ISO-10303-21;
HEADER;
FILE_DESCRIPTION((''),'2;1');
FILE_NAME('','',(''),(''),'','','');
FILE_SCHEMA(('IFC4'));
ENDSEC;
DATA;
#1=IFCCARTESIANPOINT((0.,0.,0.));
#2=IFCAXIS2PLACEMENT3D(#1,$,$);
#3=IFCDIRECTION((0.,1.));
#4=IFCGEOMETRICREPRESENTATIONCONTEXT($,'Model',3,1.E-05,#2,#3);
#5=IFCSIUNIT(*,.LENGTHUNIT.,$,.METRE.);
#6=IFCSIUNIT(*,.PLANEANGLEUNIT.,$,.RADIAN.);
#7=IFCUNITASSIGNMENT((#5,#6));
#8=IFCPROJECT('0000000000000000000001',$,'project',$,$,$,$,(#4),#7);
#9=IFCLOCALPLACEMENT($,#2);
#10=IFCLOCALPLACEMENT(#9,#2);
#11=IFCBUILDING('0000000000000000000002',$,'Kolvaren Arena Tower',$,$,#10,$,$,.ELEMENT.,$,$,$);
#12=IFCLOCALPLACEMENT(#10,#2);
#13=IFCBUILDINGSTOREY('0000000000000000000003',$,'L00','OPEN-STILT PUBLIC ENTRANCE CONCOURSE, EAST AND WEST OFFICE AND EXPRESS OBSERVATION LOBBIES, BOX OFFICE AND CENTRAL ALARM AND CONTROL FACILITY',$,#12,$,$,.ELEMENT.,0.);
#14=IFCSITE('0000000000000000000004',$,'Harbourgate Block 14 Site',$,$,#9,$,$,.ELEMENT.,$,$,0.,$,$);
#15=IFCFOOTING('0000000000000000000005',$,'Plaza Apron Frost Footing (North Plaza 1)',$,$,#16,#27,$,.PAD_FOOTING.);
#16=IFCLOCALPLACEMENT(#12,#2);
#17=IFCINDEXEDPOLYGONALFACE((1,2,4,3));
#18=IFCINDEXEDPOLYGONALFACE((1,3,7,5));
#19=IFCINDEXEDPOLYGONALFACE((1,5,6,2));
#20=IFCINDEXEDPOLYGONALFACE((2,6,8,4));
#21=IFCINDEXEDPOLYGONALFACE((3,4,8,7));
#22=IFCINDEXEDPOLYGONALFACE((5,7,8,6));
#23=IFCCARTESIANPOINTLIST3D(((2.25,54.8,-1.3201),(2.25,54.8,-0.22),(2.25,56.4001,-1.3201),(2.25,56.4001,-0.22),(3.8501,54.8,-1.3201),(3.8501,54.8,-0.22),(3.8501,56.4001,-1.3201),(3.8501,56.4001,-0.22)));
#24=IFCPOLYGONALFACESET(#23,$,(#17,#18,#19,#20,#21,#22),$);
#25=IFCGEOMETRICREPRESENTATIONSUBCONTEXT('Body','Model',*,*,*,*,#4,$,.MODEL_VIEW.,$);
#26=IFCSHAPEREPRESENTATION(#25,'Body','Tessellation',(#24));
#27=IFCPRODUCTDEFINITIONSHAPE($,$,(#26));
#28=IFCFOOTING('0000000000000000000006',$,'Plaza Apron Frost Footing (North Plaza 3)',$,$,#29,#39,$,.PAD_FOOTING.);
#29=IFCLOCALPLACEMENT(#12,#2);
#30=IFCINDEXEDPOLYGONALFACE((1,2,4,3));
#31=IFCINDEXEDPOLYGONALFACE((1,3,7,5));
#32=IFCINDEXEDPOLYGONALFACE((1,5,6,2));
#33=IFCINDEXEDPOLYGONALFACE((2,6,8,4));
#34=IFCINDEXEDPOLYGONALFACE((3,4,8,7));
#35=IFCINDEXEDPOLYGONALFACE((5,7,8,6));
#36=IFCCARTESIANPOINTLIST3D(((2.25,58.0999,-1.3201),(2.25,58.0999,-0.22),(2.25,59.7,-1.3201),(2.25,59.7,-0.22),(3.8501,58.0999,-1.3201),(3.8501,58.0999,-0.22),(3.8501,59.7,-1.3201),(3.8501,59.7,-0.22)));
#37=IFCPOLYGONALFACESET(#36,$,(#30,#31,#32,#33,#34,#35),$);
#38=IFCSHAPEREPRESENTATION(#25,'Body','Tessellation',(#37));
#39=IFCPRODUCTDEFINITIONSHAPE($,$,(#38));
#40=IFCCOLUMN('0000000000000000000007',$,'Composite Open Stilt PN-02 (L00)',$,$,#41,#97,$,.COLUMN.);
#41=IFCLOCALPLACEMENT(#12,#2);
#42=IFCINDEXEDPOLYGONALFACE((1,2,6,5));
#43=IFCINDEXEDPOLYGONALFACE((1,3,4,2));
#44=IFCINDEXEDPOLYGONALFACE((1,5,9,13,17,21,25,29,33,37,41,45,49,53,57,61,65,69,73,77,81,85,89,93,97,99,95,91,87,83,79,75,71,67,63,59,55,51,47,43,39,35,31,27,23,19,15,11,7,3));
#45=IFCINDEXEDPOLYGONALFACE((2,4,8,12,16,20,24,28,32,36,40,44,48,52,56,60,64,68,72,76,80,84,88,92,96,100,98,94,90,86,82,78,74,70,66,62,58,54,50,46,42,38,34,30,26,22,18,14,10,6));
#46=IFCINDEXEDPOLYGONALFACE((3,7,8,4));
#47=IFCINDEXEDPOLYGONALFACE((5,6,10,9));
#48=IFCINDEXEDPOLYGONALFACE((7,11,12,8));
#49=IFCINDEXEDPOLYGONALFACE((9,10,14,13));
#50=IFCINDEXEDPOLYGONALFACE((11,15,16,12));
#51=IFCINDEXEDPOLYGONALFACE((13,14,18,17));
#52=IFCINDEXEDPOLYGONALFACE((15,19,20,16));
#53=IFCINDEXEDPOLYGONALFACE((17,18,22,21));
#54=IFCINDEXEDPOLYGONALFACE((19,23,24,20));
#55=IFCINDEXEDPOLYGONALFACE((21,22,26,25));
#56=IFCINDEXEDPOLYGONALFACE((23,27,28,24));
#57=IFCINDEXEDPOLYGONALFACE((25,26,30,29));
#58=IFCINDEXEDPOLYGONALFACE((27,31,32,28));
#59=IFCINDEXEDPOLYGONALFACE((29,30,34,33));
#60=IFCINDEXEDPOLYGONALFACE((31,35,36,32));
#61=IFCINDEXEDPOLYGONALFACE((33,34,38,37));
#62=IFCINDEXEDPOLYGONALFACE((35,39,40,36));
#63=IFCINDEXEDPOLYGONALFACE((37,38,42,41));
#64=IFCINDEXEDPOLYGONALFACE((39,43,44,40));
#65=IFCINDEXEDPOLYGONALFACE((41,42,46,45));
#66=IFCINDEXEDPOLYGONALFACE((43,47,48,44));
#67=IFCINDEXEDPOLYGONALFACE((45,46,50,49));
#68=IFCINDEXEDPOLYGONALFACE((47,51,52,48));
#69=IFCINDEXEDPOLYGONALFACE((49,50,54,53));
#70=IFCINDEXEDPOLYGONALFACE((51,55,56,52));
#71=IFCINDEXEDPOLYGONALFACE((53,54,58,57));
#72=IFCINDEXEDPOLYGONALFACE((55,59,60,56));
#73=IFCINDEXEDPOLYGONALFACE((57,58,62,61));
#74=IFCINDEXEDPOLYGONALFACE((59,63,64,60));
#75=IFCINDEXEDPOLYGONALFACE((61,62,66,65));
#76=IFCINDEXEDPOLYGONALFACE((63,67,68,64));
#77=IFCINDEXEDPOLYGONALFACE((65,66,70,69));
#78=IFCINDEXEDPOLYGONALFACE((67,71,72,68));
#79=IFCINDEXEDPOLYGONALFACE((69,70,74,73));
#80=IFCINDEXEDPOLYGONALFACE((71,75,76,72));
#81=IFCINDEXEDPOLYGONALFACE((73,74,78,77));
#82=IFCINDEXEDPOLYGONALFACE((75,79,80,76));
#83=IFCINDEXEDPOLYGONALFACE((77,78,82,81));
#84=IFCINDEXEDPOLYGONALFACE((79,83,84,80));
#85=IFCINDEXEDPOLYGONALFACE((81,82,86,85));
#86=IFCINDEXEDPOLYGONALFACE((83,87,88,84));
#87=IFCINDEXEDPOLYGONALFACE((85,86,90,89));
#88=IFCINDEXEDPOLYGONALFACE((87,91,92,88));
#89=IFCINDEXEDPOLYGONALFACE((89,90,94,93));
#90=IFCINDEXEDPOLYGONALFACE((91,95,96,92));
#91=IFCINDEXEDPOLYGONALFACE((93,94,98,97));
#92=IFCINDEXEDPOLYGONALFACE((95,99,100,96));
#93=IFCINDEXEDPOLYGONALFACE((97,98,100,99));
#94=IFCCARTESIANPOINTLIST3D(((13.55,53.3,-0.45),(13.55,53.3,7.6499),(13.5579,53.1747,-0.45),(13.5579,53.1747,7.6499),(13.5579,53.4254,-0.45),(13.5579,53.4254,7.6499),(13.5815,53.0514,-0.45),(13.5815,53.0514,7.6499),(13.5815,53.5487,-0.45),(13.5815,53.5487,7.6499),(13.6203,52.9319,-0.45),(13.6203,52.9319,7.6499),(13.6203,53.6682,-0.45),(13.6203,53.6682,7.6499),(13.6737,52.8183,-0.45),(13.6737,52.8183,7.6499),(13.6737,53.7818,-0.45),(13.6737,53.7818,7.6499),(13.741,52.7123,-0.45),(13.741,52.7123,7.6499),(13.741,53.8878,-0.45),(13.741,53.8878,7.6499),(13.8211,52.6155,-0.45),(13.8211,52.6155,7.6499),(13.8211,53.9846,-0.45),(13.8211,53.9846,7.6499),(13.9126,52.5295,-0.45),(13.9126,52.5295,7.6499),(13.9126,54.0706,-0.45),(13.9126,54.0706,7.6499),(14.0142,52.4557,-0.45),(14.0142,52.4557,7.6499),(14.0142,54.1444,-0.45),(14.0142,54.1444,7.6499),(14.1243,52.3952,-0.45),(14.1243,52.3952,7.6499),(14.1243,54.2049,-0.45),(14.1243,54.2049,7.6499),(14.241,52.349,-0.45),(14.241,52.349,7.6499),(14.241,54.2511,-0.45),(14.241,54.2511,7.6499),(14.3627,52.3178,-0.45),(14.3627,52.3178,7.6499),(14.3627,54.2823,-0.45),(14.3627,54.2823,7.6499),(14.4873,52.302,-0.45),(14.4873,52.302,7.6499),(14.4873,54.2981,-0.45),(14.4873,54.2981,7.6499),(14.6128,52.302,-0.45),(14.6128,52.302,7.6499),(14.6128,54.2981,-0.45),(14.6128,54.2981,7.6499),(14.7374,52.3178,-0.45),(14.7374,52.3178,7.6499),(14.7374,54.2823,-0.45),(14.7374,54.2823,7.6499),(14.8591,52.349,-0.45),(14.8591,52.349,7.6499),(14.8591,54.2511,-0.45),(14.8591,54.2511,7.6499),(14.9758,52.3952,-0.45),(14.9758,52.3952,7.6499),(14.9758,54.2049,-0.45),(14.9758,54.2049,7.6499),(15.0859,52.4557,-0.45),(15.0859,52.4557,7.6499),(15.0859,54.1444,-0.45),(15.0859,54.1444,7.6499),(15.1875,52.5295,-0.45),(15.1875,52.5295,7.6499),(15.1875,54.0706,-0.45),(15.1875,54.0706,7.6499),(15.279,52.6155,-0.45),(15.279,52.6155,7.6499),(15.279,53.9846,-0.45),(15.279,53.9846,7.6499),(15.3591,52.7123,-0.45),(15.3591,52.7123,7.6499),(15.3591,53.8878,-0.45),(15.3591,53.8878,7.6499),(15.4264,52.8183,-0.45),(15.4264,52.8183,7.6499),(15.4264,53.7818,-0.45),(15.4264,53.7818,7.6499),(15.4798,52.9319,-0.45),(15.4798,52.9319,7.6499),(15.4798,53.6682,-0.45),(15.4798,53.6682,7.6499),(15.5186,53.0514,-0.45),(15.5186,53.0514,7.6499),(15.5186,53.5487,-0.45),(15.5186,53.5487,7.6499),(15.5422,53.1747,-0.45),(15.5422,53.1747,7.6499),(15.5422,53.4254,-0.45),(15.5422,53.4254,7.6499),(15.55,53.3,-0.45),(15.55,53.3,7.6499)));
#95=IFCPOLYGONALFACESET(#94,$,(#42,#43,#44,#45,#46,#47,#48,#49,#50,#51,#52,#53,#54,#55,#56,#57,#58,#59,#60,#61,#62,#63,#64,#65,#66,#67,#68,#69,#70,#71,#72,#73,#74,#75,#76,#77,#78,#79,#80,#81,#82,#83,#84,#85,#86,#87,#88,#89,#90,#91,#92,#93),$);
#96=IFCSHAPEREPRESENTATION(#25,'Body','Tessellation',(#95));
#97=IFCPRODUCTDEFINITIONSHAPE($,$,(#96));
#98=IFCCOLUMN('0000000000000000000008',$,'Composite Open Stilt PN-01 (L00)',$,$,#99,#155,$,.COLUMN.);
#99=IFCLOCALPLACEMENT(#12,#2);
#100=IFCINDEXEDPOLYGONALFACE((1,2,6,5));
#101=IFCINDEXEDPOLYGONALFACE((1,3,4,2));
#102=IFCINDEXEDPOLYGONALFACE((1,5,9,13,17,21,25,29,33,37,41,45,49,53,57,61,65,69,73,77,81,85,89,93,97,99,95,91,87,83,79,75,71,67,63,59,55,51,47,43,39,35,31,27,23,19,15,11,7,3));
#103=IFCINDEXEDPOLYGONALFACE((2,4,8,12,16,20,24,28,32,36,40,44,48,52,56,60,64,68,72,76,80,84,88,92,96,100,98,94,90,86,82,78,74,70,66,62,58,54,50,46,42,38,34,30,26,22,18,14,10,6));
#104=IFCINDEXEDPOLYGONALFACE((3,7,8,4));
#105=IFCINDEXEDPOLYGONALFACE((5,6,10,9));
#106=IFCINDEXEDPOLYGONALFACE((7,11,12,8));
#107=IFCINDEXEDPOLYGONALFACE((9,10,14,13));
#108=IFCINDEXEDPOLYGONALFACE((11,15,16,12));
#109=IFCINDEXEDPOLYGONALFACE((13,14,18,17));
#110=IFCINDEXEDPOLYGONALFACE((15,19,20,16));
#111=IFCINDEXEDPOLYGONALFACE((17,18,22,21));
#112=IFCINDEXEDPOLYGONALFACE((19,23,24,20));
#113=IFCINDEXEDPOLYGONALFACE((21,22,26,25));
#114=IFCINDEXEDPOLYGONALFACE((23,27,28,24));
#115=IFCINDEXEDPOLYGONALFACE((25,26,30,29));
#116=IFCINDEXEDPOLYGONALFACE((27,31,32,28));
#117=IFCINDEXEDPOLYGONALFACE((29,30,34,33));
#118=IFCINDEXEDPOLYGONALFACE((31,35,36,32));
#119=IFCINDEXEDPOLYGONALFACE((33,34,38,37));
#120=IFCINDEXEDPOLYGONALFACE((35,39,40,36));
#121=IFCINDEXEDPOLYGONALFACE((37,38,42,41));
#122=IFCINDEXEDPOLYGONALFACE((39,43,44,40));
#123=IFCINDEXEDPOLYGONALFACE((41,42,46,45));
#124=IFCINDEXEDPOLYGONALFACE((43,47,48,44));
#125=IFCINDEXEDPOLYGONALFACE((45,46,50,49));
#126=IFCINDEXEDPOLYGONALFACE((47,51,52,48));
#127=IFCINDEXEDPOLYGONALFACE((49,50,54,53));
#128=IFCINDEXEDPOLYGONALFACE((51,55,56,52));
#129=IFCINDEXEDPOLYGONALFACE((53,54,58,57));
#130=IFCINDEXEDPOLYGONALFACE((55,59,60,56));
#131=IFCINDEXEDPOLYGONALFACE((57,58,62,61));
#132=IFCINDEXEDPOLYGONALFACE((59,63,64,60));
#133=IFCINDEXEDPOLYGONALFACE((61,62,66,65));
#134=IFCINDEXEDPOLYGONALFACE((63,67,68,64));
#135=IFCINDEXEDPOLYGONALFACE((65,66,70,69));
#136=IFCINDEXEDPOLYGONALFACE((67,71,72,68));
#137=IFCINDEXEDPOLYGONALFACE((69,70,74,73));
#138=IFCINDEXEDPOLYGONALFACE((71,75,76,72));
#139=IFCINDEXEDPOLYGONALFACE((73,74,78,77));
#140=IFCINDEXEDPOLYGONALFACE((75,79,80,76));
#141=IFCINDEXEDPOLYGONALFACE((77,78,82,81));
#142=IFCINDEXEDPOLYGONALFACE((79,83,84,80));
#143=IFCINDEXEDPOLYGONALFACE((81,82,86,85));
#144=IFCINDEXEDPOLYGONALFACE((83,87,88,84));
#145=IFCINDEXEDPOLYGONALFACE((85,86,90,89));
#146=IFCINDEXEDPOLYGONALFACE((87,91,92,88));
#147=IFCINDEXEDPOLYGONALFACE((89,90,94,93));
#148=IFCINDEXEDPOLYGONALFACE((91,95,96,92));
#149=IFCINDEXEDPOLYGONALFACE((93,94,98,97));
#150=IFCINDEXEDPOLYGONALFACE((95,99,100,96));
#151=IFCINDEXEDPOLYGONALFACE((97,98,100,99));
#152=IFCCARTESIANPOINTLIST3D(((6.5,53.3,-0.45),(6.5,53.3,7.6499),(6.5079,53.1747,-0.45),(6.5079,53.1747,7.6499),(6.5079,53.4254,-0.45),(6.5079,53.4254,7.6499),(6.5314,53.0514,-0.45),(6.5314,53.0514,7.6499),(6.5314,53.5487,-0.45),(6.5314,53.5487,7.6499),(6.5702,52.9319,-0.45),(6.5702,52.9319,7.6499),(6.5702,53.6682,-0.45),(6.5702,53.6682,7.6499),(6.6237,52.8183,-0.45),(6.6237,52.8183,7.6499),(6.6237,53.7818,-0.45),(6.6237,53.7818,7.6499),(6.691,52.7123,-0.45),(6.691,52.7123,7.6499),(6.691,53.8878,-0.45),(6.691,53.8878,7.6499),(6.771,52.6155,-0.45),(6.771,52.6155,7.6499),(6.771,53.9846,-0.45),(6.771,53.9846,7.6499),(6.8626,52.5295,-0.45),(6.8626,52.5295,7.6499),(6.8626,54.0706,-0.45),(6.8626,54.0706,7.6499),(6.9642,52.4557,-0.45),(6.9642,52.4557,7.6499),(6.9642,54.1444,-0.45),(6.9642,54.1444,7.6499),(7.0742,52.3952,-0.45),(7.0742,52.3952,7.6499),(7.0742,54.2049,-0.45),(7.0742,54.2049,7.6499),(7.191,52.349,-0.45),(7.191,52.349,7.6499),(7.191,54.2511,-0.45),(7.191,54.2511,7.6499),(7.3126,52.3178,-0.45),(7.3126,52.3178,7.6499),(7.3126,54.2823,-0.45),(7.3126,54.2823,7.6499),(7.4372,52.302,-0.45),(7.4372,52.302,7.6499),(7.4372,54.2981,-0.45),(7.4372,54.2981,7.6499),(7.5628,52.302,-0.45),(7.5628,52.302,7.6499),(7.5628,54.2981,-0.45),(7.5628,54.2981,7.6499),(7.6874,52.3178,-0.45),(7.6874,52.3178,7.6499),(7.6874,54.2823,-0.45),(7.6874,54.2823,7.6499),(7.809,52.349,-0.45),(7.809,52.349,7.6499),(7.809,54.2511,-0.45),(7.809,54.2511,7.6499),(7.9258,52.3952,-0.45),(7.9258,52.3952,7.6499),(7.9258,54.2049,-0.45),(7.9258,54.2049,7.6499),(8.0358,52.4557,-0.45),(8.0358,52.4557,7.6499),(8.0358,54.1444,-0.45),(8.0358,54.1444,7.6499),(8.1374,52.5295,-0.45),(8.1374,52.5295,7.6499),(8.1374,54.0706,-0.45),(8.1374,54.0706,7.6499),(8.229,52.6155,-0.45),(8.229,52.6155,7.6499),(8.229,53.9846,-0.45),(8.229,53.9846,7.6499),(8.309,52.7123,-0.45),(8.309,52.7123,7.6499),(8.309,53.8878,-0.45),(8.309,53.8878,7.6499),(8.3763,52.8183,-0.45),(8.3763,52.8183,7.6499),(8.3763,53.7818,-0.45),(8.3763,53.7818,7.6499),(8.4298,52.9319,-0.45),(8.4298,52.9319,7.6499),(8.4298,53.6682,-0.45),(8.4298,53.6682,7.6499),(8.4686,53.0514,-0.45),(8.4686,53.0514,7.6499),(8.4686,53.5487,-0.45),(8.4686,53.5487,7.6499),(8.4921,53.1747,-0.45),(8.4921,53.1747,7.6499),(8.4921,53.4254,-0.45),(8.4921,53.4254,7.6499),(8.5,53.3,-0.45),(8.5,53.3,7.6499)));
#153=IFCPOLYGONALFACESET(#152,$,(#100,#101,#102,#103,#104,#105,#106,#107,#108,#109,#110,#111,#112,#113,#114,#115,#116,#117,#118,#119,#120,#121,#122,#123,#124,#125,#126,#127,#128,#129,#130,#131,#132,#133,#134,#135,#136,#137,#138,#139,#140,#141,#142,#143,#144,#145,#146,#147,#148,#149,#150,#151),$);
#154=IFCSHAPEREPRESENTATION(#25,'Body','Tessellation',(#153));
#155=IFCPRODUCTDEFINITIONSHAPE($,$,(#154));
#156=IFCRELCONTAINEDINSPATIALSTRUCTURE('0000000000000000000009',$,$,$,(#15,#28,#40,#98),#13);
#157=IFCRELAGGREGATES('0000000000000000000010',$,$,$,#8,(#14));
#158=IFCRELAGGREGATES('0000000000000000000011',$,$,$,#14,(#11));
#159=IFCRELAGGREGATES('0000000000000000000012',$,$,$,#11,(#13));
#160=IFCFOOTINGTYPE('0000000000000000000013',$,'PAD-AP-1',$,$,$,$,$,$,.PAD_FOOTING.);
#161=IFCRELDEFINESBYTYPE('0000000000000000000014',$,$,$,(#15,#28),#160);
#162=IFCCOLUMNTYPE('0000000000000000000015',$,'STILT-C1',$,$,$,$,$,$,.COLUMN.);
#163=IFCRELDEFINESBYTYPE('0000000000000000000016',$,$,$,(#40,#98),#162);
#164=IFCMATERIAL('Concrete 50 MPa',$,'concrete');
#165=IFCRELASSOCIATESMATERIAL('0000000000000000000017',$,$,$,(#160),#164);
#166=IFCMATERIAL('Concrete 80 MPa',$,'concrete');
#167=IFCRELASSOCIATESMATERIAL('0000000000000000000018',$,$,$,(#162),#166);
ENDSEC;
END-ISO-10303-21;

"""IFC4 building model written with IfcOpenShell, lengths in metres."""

from ifc_helpers import new_model, si_unit, direction, frame, origin, origin_2d, place, context, subcontext, project, spatial, rectangle, circle, extrude, material, material_profile, profile_set, type_object, element, save


model = new_model("IFC4")

# Units and contexts
model_context = context("Model", 3, precision=1e-05, world=origin(), true_north=direction((0.0, 1.0)))
body_context = subcontext(model_context, "Body", "Model", "MODEL_VIEW")
ifc_project = project(units=[si_unit("LENGTHUNIT", "METRE"), si_unit("PLANEANGLEUNIT", "RADIAN")], contexts=[model_context])

# Site, building, storey
site_placement = place(None, origin())
site = spatial("IfcSite", under=ifc_project, at=site_placement, Name="Harbourgate Block 14 Site", CompositionType="ELEMENT", RefElevation=0.0)
building_placement = place(site_placement, origin())
building = spatial("IfcBuilding", under=site, at=building_placement, Name="Kolvaren Arena Tower", CompositionType="ELEMENT")
storey_placement = place(building_placement, origin())
storey = spatial("IfcBuildingStorey", under=building, at=storey_placement, Name="L00", Description="OPEN-STILT PUBLIC ENTRANCE CONCOURSE, EAST AND WEST OFFICE AND EXPRESS OBSERVATION LOBBIES, BOX OFFICE AND CENTRAL ALARM AND CONTROL FACILITY", CompositionType="ELEMENT", Elevation=0.0)

# Footings
ifc_material_1 = material(Name="Concrete 50 MPa", Category="concrete")
footing_type = type_object("IfcFootingType", Name="PAD-AP-1", PredefinedType="PAD_FOOTING", material=ifc_material_1)
for number, where, z_axis, x_axis, name in (
    (1, (3.05, 55.6001, -1.3201), (0.0, 0.0, 1.0), (1.0, 0.0, 0.0), "Plaza Apron Frost Footing (North Plaza 1)"),
    (2, (3.05, 58.8999, -1.3201), (0.0, 0.0, 1.0), (1.0, 0.0, 0.0), "Plaza Apron Frost Footing (North Plaza 3)"),
):
    element("IfcFooting", number, at=place(storey_placement, frame(where, z_axis=z_axis, x_axis=x_axis)), inside=storey, type_object=footing_type, Name=name, PredefinedType="PAD_FOOTING", context=body_context, shape_type="SweptSolid", body=[
        extrude(rectangle(XDim=1.6001, YDim=1.6001, at=origin_2d()), origin(), (0.0, 0.0, 1.0), 1.1001),
    ])

# Columns
ifc_material_2 = material(Name="Concrete 80 MPa", Category="concrete")
ifc_material_profile_1 = material_profile(ifc_material_2, circle(Radius=1.0, at=origin_2d()), Name="RC-CIRC-2000")
ifc_profile_set_1 = profile_set([ifc_material_profile_1], Name="Concrete 80 MPa")
column_type = type_object("IfcColumnType", Name="STILT-C1", PredefinedType="COLUMN", material=ifc_profile_set_1)
for number, where, z_axis, x_axis, name in (
    (3, (14.55, 53.3, -0.45), (0.0, 0.0, 1.0), (1.0, 0.0, 0.0), "Composite Open Stilt PN-02 (L00)"),
    (4, (7.5, 53.3, -0.45), (0.0, 0.0, 1.0), (1.0, 0.0, 0.0), "Composite Open Stilt PN-01 (L00)"),
):
    element("IfcColumn", number, at=place(storey_placement, frame(where, z_axis=z_axis, x_axis=x_axis)), inside=storey, type_object=column_type, Name=name, PredefinedType="COLUMN", context=body_context, shape_type="SweptSolid", body=[
        extrude(circle(Radius=1.0, at=origin_2d()), origin(), (0.0, 0.0, 1.0), 8.0999),
    ])

save(model, "model.ifc")
